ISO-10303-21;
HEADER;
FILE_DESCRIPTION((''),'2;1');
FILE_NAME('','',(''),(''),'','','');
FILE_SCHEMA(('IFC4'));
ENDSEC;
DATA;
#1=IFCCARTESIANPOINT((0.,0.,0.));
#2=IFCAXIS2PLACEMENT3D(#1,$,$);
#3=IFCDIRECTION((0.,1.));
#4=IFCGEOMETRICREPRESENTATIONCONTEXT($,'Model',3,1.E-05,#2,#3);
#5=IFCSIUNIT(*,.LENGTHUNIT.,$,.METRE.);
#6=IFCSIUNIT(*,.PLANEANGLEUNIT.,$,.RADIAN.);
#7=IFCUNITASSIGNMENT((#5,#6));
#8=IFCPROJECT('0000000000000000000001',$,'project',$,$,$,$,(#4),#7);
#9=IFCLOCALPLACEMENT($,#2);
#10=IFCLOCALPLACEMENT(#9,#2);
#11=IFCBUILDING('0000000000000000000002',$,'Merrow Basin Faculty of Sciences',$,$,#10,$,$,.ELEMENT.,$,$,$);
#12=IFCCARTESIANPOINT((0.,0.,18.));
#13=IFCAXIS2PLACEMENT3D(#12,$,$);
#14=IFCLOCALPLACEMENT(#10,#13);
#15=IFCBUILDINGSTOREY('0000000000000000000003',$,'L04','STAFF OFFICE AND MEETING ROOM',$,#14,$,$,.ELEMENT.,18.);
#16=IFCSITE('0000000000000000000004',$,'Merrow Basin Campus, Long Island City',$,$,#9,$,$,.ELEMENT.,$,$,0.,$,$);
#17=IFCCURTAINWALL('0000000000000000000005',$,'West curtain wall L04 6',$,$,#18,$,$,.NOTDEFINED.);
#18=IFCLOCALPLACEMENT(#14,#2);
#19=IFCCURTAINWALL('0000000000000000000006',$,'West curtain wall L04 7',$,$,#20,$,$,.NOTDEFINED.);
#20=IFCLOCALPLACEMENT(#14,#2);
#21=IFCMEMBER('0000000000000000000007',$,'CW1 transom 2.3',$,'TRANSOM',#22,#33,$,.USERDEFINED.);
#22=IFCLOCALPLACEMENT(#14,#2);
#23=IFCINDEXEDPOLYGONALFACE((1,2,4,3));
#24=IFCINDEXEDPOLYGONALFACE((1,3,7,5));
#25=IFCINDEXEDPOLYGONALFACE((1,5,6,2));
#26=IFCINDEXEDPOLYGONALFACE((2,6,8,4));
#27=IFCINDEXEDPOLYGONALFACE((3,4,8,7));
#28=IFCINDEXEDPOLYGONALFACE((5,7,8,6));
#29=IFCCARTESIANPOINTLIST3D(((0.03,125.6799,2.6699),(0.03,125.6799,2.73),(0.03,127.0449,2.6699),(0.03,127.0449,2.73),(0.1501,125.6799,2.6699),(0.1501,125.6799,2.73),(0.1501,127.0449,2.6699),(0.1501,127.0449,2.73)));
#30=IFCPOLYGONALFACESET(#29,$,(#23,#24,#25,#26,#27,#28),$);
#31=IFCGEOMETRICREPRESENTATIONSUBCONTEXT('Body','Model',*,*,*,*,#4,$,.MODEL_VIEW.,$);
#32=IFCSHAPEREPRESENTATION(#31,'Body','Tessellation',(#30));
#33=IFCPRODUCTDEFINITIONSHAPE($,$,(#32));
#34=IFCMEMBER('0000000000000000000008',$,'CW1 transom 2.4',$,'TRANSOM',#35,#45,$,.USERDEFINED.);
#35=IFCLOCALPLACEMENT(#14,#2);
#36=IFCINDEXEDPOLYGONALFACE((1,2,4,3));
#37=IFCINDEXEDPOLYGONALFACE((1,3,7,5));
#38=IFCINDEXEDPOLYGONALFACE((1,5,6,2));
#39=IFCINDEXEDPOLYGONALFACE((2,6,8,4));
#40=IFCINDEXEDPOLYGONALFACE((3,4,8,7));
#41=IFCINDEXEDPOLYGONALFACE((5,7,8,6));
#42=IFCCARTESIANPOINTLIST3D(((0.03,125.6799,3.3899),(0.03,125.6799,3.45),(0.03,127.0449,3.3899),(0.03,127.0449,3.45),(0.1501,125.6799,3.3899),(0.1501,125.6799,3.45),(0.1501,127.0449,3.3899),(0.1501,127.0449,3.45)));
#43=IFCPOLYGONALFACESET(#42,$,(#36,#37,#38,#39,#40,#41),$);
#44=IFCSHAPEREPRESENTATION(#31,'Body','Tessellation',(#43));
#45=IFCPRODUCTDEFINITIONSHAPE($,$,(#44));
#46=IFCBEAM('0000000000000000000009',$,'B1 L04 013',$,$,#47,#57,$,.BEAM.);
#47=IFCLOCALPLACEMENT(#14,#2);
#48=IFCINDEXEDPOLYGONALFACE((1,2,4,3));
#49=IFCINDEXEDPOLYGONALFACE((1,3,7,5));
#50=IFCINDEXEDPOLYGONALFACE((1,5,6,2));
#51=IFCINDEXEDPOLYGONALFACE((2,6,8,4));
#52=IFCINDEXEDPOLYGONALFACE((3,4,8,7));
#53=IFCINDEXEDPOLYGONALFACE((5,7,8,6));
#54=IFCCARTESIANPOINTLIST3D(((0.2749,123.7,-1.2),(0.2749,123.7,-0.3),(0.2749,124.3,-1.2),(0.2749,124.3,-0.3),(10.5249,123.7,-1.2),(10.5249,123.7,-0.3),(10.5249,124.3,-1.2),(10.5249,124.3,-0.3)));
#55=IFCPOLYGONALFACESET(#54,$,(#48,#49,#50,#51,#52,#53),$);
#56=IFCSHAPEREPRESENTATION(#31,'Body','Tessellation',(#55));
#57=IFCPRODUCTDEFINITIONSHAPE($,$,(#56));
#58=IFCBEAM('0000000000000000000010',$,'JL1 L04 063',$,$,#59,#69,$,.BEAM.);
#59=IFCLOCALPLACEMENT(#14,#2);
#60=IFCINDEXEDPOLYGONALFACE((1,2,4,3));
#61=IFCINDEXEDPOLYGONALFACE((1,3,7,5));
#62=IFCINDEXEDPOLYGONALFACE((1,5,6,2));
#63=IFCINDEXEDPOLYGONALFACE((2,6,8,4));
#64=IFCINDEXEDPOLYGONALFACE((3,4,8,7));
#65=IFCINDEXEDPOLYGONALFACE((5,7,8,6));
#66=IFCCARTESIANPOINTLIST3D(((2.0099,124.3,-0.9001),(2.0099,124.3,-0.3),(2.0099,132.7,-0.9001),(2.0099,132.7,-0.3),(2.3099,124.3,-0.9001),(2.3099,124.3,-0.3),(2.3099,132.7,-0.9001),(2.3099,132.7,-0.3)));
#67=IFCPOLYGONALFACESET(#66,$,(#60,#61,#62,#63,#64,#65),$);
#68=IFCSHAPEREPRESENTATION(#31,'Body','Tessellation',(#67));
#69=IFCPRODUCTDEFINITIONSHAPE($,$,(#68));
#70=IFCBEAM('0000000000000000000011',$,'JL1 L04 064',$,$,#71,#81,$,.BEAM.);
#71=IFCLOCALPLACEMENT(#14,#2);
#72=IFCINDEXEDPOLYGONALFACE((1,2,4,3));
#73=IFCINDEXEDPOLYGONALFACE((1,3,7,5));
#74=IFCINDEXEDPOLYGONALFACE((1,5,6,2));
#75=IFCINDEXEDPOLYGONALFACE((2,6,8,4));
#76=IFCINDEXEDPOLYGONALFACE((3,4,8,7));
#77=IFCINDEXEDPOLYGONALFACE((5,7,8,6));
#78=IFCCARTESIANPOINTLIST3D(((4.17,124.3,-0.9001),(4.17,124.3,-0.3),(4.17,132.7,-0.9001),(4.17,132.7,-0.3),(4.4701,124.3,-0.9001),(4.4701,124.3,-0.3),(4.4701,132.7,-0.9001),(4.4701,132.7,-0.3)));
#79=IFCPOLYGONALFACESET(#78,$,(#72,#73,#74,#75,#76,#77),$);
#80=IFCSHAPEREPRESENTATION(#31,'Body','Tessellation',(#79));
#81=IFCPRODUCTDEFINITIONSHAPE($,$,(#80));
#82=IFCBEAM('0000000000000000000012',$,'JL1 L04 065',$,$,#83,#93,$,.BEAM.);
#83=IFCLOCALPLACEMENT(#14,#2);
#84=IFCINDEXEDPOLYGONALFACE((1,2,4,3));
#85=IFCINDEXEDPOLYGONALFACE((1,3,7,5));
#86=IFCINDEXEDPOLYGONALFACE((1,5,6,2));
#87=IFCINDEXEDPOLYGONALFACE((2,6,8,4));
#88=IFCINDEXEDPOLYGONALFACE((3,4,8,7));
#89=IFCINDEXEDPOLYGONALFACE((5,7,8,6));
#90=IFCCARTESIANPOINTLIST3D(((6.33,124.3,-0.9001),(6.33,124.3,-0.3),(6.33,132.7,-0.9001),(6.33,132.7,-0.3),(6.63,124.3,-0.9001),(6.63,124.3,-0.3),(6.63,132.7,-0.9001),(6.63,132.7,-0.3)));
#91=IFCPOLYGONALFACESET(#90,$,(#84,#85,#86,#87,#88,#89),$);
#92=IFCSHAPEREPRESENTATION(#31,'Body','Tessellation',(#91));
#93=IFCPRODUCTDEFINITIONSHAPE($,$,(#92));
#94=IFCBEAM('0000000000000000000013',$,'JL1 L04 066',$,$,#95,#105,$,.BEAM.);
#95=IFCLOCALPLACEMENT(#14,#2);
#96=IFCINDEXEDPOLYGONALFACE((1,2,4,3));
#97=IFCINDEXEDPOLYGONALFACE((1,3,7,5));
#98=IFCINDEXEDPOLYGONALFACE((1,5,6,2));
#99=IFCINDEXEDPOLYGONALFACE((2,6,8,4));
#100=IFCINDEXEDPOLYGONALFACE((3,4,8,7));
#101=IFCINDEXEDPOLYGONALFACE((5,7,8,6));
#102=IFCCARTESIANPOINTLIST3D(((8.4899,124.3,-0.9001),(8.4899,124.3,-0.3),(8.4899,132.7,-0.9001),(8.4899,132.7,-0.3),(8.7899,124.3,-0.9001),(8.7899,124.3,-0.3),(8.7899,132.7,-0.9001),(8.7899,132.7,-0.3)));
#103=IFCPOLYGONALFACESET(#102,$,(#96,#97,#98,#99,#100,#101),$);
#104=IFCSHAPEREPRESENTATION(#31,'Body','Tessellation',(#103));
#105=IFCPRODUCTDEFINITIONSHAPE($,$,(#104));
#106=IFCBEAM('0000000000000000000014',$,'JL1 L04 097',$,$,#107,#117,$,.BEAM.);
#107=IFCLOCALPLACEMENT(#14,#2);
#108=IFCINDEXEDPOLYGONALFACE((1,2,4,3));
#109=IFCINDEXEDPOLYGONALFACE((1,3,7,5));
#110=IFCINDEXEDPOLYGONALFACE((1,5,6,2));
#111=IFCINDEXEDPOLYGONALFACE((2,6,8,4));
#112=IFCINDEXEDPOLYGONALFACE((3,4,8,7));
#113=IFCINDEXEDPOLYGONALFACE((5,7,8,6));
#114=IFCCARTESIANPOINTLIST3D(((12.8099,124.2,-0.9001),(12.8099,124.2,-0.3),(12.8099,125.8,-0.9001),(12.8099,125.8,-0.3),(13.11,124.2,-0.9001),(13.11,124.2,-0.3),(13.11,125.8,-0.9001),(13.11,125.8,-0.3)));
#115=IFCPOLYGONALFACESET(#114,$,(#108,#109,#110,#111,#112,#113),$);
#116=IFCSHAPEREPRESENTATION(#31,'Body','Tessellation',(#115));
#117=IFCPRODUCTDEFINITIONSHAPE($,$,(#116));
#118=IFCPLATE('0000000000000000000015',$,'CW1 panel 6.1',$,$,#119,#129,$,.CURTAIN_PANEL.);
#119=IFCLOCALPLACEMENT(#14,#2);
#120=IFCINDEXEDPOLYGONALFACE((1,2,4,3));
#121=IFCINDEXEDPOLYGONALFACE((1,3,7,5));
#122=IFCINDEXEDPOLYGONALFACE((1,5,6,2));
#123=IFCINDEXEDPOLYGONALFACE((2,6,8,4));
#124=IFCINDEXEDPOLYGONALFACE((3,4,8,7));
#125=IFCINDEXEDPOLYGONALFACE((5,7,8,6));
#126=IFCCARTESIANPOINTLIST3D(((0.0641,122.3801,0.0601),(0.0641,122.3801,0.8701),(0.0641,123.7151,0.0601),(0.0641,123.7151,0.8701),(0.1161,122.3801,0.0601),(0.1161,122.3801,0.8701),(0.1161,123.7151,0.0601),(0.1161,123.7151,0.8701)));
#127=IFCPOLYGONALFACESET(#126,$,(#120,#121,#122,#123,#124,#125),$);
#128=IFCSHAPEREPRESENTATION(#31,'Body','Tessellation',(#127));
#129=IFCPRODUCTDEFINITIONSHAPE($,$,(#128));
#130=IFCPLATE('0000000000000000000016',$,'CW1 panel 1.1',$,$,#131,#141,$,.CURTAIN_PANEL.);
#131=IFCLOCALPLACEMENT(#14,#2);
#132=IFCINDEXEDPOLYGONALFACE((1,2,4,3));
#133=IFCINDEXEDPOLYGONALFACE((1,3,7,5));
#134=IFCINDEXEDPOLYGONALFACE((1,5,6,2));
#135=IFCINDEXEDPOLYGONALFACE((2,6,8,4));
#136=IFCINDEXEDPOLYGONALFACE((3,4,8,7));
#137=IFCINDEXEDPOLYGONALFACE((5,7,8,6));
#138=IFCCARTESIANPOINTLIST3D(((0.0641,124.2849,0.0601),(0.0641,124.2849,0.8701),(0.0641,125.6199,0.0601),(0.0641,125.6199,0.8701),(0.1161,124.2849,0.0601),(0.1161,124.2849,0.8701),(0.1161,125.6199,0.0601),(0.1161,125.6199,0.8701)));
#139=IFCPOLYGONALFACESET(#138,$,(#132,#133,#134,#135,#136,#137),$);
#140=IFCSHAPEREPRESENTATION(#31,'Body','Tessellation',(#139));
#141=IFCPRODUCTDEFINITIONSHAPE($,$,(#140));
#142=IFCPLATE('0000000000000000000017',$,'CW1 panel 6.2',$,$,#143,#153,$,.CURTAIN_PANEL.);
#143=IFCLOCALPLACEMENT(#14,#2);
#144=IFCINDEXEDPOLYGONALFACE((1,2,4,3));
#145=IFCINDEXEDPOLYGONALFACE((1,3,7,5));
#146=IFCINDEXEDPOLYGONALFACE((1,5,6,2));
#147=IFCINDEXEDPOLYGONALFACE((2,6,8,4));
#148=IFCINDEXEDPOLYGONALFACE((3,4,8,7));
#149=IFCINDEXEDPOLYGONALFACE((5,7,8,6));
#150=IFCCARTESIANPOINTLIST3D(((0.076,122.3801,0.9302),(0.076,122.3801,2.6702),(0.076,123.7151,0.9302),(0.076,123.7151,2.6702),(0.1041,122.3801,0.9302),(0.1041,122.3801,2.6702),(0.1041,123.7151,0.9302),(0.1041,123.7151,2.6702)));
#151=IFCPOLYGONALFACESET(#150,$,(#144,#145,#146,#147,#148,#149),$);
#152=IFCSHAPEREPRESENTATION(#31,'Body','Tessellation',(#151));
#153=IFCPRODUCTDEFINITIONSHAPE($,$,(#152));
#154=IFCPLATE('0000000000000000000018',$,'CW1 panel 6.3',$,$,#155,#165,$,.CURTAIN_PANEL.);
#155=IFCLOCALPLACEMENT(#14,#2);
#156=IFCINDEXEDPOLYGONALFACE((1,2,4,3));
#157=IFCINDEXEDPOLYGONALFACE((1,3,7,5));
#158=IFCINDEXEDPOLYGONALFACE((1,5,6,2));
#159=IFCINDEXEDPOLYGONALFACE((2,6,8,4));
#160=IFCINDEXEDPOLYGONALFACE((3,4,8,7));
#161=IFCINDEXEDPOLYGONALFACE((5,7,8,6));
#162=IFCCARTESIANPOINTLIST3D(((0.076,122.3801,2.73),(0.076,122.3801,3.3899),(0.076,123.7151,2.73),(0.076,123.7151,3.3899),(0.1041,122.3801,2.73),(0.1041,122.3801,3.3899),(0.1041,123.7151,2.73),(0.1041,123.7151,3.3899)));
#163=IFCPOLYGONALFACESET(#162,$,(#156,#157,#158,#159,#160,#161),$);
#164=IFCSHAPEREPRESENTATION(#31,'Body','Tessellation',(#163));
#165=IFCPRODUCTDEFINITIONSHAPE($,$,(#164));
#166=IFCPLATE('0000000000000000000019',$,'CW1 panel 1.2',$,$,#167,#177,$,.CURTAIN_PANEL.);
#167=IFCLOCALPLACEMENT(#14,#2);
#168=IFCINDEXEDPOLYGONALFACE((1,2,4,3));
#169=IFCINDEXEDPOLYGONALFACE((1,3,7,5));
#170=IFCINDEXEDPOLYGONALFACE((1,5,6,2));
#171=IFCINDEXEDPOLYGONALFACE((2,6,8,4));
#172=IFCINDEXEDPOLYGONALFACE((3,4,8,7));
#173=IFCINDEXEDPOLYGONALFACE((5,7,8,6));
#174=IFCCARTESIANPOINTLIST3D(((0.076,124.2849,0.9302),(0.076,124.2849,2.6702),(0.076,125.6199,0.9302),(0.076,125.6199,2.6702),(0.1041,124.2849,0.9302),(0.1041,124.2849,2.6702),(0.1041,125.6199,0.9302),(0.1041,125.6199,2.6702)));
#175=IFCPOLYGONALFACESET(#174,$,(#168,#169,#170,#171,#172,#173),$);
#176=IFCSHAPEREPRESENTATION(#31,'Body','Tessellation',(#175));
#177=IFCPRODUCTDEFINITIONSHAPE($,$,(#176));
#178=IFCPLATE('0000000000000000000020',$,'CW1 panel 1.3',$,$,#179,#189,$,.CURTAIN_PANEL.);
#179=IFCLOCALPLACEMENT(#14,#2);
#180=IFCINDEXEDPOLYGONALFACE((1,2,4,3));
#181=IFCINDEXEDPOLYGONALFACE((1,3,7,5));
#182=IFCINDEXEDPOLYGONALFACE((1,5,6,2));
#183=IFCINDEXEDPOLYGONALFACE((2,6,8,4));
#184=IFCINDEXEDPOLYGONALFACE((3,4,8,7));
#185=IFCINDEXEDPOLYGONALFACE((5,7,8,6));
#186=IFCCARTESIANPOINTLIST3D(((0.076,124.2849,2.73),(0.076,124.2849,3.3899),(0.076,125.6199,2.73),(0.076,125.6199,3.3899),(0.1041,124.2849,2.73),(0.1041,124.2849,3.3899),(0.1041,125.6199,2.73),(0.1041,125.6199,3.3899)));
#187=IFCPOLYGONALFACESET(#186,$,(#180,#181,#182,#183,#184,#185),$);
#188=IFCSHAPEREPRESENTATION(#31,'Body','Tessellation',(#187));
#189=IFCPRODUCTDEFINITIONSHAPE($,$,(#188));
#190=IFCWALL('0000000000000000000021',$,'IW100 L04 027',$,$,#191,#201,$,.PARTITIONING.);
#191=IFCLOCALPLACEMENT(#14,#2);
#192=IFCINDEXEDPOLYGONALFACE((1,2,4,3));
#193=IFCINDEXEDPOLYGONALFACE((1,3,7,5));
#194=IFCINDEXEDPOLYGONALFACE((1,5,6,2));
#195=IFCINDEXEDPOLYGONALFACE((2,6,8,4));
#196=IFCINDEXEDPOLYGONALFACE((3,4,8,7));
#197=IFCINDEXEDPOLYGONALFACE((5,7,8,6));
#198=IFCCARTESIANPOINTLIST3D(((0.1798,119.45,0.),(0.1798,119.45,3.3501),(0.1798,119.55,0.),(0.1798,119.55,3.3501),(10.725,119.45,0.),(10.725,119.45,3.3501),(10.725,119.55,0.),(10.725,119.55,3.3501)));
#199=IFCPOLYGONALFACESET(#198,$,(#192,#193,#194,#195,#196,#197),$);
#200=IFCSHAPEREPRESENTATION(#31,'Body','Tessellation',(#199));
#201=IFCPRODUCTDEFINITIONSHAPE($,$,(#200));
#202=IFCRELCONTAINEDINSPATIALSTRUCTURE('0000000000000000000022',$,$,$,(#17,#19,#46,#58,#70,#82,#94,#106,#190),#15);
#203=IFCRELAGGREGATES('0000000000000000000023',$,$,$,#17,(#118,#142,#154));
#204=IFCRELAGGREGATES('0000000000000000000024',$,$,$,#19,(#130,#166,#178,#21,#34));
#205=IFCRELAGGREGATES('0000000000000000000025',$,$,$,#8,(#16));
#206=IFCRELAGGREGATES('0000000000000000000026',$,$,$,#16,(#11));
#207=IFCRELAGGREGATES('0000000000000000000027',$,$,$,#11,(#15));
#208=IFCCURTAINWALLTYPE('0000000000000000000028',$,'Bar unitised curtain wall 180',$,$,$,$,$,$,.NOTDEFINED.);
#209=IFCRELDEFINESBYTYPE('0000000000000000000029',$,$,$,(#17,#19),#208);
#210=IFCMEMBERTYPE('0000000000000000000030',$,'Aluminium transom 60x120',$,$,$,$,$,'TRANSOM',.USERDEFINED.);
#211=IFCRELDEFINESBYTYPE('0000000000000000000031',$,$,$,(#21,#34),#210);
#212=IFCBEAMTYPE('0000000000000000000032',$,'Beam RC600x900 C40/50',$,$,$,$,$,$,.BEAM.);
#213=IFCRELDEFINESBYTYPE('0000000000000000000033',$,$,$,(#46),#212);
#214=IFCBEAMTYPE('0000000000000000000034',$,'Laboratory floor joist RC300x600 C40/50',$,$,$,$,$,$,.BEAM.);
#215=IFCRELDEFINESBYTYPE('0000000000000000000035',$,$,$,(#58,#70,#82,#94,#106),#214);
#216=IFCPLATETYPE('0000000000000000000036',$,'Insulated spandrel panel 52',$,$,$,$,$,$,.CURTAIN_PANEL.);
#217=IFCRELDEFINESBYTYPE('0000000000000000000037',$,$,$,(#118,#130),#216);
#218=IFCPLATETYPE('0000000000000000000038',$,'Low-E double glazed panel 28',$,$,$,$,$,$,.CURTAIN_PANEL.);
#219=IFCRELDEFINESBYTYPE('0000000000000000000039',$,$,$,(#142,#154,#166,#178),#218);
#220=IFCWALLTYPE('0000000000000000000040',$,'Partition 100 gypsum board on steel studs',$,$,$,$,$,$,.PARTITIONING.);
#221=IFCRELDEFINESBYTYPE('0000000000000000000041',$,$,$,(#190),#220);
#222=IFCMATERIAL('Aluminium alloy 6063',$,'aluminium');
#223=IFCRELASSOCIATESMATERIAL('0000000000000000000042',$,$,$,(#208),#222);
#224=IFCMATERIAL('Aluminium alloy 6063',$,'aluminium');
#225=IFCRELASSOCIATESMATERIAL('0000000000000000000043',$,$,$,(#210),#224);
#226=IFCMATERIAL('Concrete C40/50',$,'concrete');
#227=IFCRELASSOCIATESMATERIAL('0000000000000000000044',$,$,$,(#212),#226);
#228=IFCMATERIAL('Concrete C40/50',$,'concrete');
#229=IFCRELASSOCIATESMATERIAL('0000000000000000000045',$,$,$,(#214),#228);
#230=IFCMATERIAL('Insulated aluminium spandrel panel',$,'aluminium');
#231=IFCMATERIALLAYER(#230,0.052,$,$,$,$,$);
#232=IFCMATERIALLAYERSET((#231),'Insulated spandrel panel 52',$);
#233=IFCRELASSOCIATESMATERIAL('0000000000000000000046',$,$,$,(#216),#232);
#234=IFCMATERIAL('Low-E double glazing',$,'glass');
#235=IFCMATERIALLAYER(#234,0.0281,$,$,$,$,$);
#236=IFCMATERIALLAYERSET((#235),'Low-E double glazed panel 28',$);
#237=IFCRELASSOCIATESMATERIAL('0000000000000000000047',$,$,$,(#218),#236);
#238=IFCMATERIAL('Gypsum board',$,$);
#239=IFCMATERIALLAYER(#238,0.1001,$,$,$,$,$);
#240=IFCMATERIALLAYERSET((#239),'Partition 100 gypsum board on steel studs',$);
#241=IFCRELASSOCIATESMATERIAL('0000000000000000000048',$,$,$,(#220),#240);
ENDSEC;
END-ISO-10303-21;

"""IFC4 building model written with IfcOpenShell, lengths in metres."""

from ifc_helpers import new_model, si_unit, direction, frame, frame_2d, origin, origin_2d, place, context, subcontext, project, spatial, rectangle, extrude, material, layer, layer_set, material_profile, profile_set, type_object, element, aggregate, save


model = new_model("IFC4")

# Units and contexts
model_context = context("Model", 3, precision=1e-05, world=origin(), true_north=direction((0.0, 1.0)))
body_context = subcontext(model_context, "Body", "Model", "MODEL_VIEW")
ifc_project = project(units=[si_unit("LENGTHUNIT", "METRE"), si_unit("PLANEANGLEUNIT", "RADIAN")], contexts=[model_context])

# Site, building, storey
site_placement = place(None, origin())
site = spatial("IfcSite", under=ifc_project, at=site_placement, Name="Merrow Basin Campus, Long Island City", CompositionType="ELEMENT", RefElevation=0.0)
building_placement = place(site_placement, origin())
building = spatial("IfcBuilding", under=site, at=building_placement, Name="Merrow Basin Faculty of Sciences", CompositionType="ELEMENT")
storey_placement = place(building_placement, frame((0.0, 0.0, 18.0)))
storey = spatial("IfcBuildingStorey", under=building, at=storey_placement, Name="L04", Description="STAFF OFFICE AND MEETING ROOM", CompositionType="ELEMENT", Elevation=18.0)

# Curtain wall
ifc_material_1 = material(Name="Aluminium alloy 6063", Category="aluminium")
curtain_wall_type = type_object("IfcCurtainWallType", Name="Bar unitised curtain wall 180", PredefinedType="NOTDEFINED", material=ifc_material_1)
curtain_wall_1_placement = place(storey_placement, origin())
curtain_wall_1 = element("IfcCurtainWall", 1, at=curtain_wall_1_placement, inside=storey, type_object=curtain_wall_type, Name="West curtain wall L04 6", PredefinedType="NOTDEFINED")

# Curtain wall
curtain_wall_2_placement = place(storey_placement, origin())
curtain_wall_2 = element("IfcCurtainWall", 2, at=curtain_wall_2_placement, inside=storey, type_object=curtain_wall_type, Name="West curtain wall L04 7", PredefinedType="NOTDEFINED")

# Members
ifc_material_2 = material(Name="Aluminium alloy 6063", Category="aluminium")
ifc_material_profile_1 = material_profile(ifc_material_2, rectangle(XDim=0.1201, YDim=0.0601, at=origin_2d()))
ifc_profile_set_1 = profile_set([ifc_material_profile_1], Name="Aluminium alloy 6063")
member_type_1 = type_object("IfcMemberType", Name="Aluminium transom 60x120", ElementType="TRANSOM", PredefinedType="USERDEFINED", material=ifc_profile_set_1)
member_1_placement = place(storey_placement, frame((0.0901, 125.6799, 2.7), z_axis=(0.0, 1.0, 0.0), x_axis=(-1.0, 0.0, 0.0)))
member_1 = element("IfcMember", 3, at=member_1_placement, type_object=member_type_1, Name="CW1 transom 2.3", ObjectType="TRANSOM", PredefinedType="USERDEFINED", context=body_context, shape_type="SweptSolid", body=[
    extrude(rectangle(XDim=0.1201, YDim=0.0601, at=origin_2d()), origin(), (0.0, 0.0, 1.0), 1.365),
])
member_2_placement = place(storey_placement, frame((0.0901, 125.6799, 3.4199), z_axis=(0.0, 1.0, 0.0), x_axis=(-1.0, 0.0, 0.0)))
member_2 = element("IfcMember", 4, at=member_2_placement, type_object=member_type_1, Name="CW1 transom 2.4", ObjectType="TRANSOM", PredefinedType="USERDEFINED", context=body_context, shape_type="SweptSolid", body=[
    extrude(rectangle(XDim=0.1201, YDim=0.0601, at=origin_2d()), origin(), (0.0, 0.0, 1.0), 1.365),
])

# Beams
ifc_material_3 = material(Name="Concrete C40/50", Category="concrete")
ifc_material_profile_2 = material_profile(ifc_material_3, rectangle(XDim=0.6001, YDim=0.8999, at=origin_2d()))
ifc_profile_set_2 = profile_set([ifc_material_profile_2], Name="Concrete C40/50")
beam_type_1 = type_object("IfcBeamType", Name="Beam RC600x900 C40/50", PredefinedType="BEAM", material=ifc_profile_set_2)
beam_1_placement = place(storey_placement, frame((0.2749, 124.0, -0.75), z_axis=(1.0, 0.0, 0.0), x_axis=(0.0, 1.0, 0.0)))
element("IfcBeam", 5, at=beam_1_placement, inside=storey, type_object=beam_type_1, Name="B1 L04 013", PredefinedType="BEAM", context=body_context, shape_type="SweptSolid", body=[
    extrude(rectangle(XDim=0.6001, YDim=0.8999, at=origin_2d()), origin(), (0.0, 0.0, 1.0), 10.25),
])
ifc_material_4 = material(Name="Concrete C40/50", Category="concrete")
ifc_material_profile_3 = material_profile(ifc_material_4, rectangle(XDim=0.3, YDim=0.6001, at=origin_2d()))
ifc_profile_set_3 = profile_set([ifc_material_profile_3], Name="Concrete C40/50")
beam_type_2 = type_object("IfcBeamType", Name="Laboratory floor joist RC300x600 C40/50", PredefinedType="BEAM", material=ifc_profile_set_3)
for number, where, z_axis, x_axis, name in (
    (6, (2.1599, 124.3, -0.6001), (0.0, 1.0, 0.0), (-1.0, 0.0, 0.0), "JL1 L04 063"),
    (7, (4.3201, 124.3, -0.6001), (0.0, 1.0, 0.0), (-1.0, 0.0, 0.0), "JL1 L04 064"),
    (8, (6.48, 124.3, -0.6001), (0.0, 1.0, 0.0), (-1.0, 0.0, 0.0), "JL1 L04 065"),
    (9, (8.6399, 124.3, -0.6001), (0.0, 1.0, 0.0), (-1.0, 0.0, 0.0), "JL1 L04 066"),
):
    element("IfcBeam", number, at=place(storey_placement, frame(where, z_axis=z_axis, x_axis=x_axis)), inside=storey, type_object=beam_type_2, Name=name, PredefinedType="BEAM", context=body_context, shape_type="SweptSolid", body=[
        extrude(rectangle(XDim=0.3, YDim=0.6001, at=origin_2d()), origin(), (0.0, 0.0, 1.0), 8.3999),
    ])
beam_2_placement = place(storey_placement, frame((12.96, 124.2, -0.6001), z_axis=(0.0, 1.0, 0.0), x_axis=(-1.0, 0.0, 0.0)))
element("IfcBeam", 10, at=beam_2_placement, inside=storey, type_object=beam_type_2, Name="JL1 L04 097", PredefinedType="BEAM", context=body_context, shape_type="SweptSolid", body=[
    extrude(rectangle(XDim=0.3, YDim=0.6001, at=origin_2d()), origin(), (0.0, 0.0, 1.0), 1.6001),
])

# Plates
ifc_material_5 = material(Name="Insulated aluminium spandrel panel", Category="aluminium")
ifc_layer_1 = layer(ifc_material_5, 0.052)
ifc_layer_set_1 = layer_set([ifc_layer_1], Name="Insulated spandrel panel 52")
plate_type_1 = type_object("IfcPlateType", Name="Insulated spandrel panel 52", PredefinedType="CURTAIN_PANEL", material=ifc_layer_set_1)
plate_1_placement = place(storey_placement, frame((0.0901, 123.0476, 0.0601), z_axis=(0.0, 0.0, 1.0), x_axis=(0.0, 1.0, 0.0)))
plate_1 = element("IfcPlate", 11, at=plate_1_placement, type_object=plate_type_1, Name="CW1 panel 6.1", PredefinedType="CURTAIN_PANEL", context=body_context, shape_type="SweptSolid", body=[
    extrude(rectangle(XDim=1.335, YDim=0.052, at=origin_2d()), origin(), (0.0, 0.0, 1.0), 0.8101),
])
plate_2_placement = place(storey_placement, frame((0.0901, 124.9524, 0.0601), z_axis=(0.0, 0.0, 1.0), x_axis=(0.0, 1.0, 0.0)))
plate_2 = element("IfcPlate", 12, at=plate_2_placement, type_object=plate_type_1, Name="CW1 panel 1.1", PredefinedType="CURTAIN_PANEL", context=body_context, shape_type="SweptSolid", body=[
    extrude(rectangle(XDim=1.335, YDim=0.052, at=origin_2d()), origin(), (0.0, 0.0, 1.0), 0.8101),
])
ifc_material_6 = material(Name="Low-E double glazing", Category="glass")
ifc_layer_2 = layer(ifc_material_6, 0.0281)
ifc_layer_set_2 = layer_set([ifc_layer_2], Name="Low-E double glazed panel 28")
plate_type_2 = type_object("IfcPlateType", Name="Low-E double glazed panel 28", PredefinedType="CURTAIN_PANEL", material=ifc_layer_set_2)
plate_3_placement = place(storey_placement, frame((0.0901, 123.0476, 0.9302), z_axis=(0.0, 0.0, 1.0), x_axis=(0.0, 1.0, 0.0)))
plate_3 = element("IfcPlate", 13, at=plate_3_placement, type_object=plate_type_2, Name="CW1 panel 6.2", PredefinedType="CURTAIN_PANEL", context=body_context, shape_type="SweptSolid", body=[
    extrude(rectangle(XDim=1.335, YDim=0.0281, at=origin_2d()), origin(), (0.0, 0.0, 1.0), 1.74),
])
plate_4_placement = place(storey_placement, frame((0.0901, 123.0476, 2.73), z_axis=(0.0, 0.0, 1.0), x_axis=(0.0, 1.0, 0.0)))
plate_4 = element("IfcPlate", 14, at=plate_4_placement, type_object=plate_type_2, Name="CW1 panel 6.3", PredefinedType="CURTAIN_PANEL", context=body_context, shape_type="SweptSolid", body=[
    extrude(rectangle(XDim=1.335, YDim=0.0281, at=origin_2d()), origin(), (0.0, 0.0, 1.0), 0.6599),
])
aggregate(curtain_wall_1, [plate_1, plate_3, plate_4])
plate_5_placement = place(storey_placement, frame((0.0901, 124.9524, 0.9302), z_axis=(0.0, 0.0, 1.0), x_axis=(0.0, 1.0, 0.0)))
plate_5 = element("IfcPlate", 15, at=plate_5_placement, type_object=plate_type_2, Name="CW1 panel 1.2", PredefinedType="CURTAIN_PANEL", context=body_context, shape_type="SweptSolid", body=[
    extrude(rectangle(XDim=1.335, YDim=0.0281, at=origin_2d()), origin(), (0.0, 0.0, 1.0), 1.74),
])
plate_6_placement = place(storey_placement, frame((0.0901, 124.9524, 2.73), z_axis=(0.0, 0.0, 1.0), x_axis=(0.0, 1.0, 0.0)))
plate_6 = element("IfcPlate", 16, at=plate_6_placement, type_object=plate_type_2, Name="CW1 panel 1.3", PredefinedType="CURTAIN_PANEL", context=body_context, shape_type="SweptSolid", body=[
    extrude(rectangle(XDim=1.335, YDim=0.0281, at=origin_2d()), origin(), (0.0, 0.0, 1.0), 0.6599),
])
aggregate(curtain_wall_2, [plate_2, plate_5, plate_6, member_1, member_2])

# Wall
ifc_material_7 = material(Name="Gypsum board")
ifc_layer_3 = layer(ifc_material_7, 0.1001)
ifc_layer_set_3 = layer_set([ifc_layer_3], Name="Partition 100 gypsum board on steel studs")
wall_type_1 = type_object("IfcWallType", Name="Partition 100 gypsum board on steel studs", PredefinedType="PARTITIONING", material=ifc_layer_set_3)
wall_1_placement = place(storey_placement, frame((0.1799, 119.5, 0.0), z_axis=(0.0, 0.0, 1.0), x_axis=(1.0, 0.0, 0.0)))
element("IfcWall", 17, at=wall_1_placement, inside=storey, type_object=wall_type_1, Name="IW100 L04 027", PredefinedType="PARTITIONING", context=body_context, shape_type="SweptSolid", body=[
    extrude(rectangle(XDim=10.5452, YDim=0.1001, at=frame_2d((5.2725, 0.0))), origin(), (0.0, 0.0, 1.0), 3.3501),
])

save(model, "model.ifc")
